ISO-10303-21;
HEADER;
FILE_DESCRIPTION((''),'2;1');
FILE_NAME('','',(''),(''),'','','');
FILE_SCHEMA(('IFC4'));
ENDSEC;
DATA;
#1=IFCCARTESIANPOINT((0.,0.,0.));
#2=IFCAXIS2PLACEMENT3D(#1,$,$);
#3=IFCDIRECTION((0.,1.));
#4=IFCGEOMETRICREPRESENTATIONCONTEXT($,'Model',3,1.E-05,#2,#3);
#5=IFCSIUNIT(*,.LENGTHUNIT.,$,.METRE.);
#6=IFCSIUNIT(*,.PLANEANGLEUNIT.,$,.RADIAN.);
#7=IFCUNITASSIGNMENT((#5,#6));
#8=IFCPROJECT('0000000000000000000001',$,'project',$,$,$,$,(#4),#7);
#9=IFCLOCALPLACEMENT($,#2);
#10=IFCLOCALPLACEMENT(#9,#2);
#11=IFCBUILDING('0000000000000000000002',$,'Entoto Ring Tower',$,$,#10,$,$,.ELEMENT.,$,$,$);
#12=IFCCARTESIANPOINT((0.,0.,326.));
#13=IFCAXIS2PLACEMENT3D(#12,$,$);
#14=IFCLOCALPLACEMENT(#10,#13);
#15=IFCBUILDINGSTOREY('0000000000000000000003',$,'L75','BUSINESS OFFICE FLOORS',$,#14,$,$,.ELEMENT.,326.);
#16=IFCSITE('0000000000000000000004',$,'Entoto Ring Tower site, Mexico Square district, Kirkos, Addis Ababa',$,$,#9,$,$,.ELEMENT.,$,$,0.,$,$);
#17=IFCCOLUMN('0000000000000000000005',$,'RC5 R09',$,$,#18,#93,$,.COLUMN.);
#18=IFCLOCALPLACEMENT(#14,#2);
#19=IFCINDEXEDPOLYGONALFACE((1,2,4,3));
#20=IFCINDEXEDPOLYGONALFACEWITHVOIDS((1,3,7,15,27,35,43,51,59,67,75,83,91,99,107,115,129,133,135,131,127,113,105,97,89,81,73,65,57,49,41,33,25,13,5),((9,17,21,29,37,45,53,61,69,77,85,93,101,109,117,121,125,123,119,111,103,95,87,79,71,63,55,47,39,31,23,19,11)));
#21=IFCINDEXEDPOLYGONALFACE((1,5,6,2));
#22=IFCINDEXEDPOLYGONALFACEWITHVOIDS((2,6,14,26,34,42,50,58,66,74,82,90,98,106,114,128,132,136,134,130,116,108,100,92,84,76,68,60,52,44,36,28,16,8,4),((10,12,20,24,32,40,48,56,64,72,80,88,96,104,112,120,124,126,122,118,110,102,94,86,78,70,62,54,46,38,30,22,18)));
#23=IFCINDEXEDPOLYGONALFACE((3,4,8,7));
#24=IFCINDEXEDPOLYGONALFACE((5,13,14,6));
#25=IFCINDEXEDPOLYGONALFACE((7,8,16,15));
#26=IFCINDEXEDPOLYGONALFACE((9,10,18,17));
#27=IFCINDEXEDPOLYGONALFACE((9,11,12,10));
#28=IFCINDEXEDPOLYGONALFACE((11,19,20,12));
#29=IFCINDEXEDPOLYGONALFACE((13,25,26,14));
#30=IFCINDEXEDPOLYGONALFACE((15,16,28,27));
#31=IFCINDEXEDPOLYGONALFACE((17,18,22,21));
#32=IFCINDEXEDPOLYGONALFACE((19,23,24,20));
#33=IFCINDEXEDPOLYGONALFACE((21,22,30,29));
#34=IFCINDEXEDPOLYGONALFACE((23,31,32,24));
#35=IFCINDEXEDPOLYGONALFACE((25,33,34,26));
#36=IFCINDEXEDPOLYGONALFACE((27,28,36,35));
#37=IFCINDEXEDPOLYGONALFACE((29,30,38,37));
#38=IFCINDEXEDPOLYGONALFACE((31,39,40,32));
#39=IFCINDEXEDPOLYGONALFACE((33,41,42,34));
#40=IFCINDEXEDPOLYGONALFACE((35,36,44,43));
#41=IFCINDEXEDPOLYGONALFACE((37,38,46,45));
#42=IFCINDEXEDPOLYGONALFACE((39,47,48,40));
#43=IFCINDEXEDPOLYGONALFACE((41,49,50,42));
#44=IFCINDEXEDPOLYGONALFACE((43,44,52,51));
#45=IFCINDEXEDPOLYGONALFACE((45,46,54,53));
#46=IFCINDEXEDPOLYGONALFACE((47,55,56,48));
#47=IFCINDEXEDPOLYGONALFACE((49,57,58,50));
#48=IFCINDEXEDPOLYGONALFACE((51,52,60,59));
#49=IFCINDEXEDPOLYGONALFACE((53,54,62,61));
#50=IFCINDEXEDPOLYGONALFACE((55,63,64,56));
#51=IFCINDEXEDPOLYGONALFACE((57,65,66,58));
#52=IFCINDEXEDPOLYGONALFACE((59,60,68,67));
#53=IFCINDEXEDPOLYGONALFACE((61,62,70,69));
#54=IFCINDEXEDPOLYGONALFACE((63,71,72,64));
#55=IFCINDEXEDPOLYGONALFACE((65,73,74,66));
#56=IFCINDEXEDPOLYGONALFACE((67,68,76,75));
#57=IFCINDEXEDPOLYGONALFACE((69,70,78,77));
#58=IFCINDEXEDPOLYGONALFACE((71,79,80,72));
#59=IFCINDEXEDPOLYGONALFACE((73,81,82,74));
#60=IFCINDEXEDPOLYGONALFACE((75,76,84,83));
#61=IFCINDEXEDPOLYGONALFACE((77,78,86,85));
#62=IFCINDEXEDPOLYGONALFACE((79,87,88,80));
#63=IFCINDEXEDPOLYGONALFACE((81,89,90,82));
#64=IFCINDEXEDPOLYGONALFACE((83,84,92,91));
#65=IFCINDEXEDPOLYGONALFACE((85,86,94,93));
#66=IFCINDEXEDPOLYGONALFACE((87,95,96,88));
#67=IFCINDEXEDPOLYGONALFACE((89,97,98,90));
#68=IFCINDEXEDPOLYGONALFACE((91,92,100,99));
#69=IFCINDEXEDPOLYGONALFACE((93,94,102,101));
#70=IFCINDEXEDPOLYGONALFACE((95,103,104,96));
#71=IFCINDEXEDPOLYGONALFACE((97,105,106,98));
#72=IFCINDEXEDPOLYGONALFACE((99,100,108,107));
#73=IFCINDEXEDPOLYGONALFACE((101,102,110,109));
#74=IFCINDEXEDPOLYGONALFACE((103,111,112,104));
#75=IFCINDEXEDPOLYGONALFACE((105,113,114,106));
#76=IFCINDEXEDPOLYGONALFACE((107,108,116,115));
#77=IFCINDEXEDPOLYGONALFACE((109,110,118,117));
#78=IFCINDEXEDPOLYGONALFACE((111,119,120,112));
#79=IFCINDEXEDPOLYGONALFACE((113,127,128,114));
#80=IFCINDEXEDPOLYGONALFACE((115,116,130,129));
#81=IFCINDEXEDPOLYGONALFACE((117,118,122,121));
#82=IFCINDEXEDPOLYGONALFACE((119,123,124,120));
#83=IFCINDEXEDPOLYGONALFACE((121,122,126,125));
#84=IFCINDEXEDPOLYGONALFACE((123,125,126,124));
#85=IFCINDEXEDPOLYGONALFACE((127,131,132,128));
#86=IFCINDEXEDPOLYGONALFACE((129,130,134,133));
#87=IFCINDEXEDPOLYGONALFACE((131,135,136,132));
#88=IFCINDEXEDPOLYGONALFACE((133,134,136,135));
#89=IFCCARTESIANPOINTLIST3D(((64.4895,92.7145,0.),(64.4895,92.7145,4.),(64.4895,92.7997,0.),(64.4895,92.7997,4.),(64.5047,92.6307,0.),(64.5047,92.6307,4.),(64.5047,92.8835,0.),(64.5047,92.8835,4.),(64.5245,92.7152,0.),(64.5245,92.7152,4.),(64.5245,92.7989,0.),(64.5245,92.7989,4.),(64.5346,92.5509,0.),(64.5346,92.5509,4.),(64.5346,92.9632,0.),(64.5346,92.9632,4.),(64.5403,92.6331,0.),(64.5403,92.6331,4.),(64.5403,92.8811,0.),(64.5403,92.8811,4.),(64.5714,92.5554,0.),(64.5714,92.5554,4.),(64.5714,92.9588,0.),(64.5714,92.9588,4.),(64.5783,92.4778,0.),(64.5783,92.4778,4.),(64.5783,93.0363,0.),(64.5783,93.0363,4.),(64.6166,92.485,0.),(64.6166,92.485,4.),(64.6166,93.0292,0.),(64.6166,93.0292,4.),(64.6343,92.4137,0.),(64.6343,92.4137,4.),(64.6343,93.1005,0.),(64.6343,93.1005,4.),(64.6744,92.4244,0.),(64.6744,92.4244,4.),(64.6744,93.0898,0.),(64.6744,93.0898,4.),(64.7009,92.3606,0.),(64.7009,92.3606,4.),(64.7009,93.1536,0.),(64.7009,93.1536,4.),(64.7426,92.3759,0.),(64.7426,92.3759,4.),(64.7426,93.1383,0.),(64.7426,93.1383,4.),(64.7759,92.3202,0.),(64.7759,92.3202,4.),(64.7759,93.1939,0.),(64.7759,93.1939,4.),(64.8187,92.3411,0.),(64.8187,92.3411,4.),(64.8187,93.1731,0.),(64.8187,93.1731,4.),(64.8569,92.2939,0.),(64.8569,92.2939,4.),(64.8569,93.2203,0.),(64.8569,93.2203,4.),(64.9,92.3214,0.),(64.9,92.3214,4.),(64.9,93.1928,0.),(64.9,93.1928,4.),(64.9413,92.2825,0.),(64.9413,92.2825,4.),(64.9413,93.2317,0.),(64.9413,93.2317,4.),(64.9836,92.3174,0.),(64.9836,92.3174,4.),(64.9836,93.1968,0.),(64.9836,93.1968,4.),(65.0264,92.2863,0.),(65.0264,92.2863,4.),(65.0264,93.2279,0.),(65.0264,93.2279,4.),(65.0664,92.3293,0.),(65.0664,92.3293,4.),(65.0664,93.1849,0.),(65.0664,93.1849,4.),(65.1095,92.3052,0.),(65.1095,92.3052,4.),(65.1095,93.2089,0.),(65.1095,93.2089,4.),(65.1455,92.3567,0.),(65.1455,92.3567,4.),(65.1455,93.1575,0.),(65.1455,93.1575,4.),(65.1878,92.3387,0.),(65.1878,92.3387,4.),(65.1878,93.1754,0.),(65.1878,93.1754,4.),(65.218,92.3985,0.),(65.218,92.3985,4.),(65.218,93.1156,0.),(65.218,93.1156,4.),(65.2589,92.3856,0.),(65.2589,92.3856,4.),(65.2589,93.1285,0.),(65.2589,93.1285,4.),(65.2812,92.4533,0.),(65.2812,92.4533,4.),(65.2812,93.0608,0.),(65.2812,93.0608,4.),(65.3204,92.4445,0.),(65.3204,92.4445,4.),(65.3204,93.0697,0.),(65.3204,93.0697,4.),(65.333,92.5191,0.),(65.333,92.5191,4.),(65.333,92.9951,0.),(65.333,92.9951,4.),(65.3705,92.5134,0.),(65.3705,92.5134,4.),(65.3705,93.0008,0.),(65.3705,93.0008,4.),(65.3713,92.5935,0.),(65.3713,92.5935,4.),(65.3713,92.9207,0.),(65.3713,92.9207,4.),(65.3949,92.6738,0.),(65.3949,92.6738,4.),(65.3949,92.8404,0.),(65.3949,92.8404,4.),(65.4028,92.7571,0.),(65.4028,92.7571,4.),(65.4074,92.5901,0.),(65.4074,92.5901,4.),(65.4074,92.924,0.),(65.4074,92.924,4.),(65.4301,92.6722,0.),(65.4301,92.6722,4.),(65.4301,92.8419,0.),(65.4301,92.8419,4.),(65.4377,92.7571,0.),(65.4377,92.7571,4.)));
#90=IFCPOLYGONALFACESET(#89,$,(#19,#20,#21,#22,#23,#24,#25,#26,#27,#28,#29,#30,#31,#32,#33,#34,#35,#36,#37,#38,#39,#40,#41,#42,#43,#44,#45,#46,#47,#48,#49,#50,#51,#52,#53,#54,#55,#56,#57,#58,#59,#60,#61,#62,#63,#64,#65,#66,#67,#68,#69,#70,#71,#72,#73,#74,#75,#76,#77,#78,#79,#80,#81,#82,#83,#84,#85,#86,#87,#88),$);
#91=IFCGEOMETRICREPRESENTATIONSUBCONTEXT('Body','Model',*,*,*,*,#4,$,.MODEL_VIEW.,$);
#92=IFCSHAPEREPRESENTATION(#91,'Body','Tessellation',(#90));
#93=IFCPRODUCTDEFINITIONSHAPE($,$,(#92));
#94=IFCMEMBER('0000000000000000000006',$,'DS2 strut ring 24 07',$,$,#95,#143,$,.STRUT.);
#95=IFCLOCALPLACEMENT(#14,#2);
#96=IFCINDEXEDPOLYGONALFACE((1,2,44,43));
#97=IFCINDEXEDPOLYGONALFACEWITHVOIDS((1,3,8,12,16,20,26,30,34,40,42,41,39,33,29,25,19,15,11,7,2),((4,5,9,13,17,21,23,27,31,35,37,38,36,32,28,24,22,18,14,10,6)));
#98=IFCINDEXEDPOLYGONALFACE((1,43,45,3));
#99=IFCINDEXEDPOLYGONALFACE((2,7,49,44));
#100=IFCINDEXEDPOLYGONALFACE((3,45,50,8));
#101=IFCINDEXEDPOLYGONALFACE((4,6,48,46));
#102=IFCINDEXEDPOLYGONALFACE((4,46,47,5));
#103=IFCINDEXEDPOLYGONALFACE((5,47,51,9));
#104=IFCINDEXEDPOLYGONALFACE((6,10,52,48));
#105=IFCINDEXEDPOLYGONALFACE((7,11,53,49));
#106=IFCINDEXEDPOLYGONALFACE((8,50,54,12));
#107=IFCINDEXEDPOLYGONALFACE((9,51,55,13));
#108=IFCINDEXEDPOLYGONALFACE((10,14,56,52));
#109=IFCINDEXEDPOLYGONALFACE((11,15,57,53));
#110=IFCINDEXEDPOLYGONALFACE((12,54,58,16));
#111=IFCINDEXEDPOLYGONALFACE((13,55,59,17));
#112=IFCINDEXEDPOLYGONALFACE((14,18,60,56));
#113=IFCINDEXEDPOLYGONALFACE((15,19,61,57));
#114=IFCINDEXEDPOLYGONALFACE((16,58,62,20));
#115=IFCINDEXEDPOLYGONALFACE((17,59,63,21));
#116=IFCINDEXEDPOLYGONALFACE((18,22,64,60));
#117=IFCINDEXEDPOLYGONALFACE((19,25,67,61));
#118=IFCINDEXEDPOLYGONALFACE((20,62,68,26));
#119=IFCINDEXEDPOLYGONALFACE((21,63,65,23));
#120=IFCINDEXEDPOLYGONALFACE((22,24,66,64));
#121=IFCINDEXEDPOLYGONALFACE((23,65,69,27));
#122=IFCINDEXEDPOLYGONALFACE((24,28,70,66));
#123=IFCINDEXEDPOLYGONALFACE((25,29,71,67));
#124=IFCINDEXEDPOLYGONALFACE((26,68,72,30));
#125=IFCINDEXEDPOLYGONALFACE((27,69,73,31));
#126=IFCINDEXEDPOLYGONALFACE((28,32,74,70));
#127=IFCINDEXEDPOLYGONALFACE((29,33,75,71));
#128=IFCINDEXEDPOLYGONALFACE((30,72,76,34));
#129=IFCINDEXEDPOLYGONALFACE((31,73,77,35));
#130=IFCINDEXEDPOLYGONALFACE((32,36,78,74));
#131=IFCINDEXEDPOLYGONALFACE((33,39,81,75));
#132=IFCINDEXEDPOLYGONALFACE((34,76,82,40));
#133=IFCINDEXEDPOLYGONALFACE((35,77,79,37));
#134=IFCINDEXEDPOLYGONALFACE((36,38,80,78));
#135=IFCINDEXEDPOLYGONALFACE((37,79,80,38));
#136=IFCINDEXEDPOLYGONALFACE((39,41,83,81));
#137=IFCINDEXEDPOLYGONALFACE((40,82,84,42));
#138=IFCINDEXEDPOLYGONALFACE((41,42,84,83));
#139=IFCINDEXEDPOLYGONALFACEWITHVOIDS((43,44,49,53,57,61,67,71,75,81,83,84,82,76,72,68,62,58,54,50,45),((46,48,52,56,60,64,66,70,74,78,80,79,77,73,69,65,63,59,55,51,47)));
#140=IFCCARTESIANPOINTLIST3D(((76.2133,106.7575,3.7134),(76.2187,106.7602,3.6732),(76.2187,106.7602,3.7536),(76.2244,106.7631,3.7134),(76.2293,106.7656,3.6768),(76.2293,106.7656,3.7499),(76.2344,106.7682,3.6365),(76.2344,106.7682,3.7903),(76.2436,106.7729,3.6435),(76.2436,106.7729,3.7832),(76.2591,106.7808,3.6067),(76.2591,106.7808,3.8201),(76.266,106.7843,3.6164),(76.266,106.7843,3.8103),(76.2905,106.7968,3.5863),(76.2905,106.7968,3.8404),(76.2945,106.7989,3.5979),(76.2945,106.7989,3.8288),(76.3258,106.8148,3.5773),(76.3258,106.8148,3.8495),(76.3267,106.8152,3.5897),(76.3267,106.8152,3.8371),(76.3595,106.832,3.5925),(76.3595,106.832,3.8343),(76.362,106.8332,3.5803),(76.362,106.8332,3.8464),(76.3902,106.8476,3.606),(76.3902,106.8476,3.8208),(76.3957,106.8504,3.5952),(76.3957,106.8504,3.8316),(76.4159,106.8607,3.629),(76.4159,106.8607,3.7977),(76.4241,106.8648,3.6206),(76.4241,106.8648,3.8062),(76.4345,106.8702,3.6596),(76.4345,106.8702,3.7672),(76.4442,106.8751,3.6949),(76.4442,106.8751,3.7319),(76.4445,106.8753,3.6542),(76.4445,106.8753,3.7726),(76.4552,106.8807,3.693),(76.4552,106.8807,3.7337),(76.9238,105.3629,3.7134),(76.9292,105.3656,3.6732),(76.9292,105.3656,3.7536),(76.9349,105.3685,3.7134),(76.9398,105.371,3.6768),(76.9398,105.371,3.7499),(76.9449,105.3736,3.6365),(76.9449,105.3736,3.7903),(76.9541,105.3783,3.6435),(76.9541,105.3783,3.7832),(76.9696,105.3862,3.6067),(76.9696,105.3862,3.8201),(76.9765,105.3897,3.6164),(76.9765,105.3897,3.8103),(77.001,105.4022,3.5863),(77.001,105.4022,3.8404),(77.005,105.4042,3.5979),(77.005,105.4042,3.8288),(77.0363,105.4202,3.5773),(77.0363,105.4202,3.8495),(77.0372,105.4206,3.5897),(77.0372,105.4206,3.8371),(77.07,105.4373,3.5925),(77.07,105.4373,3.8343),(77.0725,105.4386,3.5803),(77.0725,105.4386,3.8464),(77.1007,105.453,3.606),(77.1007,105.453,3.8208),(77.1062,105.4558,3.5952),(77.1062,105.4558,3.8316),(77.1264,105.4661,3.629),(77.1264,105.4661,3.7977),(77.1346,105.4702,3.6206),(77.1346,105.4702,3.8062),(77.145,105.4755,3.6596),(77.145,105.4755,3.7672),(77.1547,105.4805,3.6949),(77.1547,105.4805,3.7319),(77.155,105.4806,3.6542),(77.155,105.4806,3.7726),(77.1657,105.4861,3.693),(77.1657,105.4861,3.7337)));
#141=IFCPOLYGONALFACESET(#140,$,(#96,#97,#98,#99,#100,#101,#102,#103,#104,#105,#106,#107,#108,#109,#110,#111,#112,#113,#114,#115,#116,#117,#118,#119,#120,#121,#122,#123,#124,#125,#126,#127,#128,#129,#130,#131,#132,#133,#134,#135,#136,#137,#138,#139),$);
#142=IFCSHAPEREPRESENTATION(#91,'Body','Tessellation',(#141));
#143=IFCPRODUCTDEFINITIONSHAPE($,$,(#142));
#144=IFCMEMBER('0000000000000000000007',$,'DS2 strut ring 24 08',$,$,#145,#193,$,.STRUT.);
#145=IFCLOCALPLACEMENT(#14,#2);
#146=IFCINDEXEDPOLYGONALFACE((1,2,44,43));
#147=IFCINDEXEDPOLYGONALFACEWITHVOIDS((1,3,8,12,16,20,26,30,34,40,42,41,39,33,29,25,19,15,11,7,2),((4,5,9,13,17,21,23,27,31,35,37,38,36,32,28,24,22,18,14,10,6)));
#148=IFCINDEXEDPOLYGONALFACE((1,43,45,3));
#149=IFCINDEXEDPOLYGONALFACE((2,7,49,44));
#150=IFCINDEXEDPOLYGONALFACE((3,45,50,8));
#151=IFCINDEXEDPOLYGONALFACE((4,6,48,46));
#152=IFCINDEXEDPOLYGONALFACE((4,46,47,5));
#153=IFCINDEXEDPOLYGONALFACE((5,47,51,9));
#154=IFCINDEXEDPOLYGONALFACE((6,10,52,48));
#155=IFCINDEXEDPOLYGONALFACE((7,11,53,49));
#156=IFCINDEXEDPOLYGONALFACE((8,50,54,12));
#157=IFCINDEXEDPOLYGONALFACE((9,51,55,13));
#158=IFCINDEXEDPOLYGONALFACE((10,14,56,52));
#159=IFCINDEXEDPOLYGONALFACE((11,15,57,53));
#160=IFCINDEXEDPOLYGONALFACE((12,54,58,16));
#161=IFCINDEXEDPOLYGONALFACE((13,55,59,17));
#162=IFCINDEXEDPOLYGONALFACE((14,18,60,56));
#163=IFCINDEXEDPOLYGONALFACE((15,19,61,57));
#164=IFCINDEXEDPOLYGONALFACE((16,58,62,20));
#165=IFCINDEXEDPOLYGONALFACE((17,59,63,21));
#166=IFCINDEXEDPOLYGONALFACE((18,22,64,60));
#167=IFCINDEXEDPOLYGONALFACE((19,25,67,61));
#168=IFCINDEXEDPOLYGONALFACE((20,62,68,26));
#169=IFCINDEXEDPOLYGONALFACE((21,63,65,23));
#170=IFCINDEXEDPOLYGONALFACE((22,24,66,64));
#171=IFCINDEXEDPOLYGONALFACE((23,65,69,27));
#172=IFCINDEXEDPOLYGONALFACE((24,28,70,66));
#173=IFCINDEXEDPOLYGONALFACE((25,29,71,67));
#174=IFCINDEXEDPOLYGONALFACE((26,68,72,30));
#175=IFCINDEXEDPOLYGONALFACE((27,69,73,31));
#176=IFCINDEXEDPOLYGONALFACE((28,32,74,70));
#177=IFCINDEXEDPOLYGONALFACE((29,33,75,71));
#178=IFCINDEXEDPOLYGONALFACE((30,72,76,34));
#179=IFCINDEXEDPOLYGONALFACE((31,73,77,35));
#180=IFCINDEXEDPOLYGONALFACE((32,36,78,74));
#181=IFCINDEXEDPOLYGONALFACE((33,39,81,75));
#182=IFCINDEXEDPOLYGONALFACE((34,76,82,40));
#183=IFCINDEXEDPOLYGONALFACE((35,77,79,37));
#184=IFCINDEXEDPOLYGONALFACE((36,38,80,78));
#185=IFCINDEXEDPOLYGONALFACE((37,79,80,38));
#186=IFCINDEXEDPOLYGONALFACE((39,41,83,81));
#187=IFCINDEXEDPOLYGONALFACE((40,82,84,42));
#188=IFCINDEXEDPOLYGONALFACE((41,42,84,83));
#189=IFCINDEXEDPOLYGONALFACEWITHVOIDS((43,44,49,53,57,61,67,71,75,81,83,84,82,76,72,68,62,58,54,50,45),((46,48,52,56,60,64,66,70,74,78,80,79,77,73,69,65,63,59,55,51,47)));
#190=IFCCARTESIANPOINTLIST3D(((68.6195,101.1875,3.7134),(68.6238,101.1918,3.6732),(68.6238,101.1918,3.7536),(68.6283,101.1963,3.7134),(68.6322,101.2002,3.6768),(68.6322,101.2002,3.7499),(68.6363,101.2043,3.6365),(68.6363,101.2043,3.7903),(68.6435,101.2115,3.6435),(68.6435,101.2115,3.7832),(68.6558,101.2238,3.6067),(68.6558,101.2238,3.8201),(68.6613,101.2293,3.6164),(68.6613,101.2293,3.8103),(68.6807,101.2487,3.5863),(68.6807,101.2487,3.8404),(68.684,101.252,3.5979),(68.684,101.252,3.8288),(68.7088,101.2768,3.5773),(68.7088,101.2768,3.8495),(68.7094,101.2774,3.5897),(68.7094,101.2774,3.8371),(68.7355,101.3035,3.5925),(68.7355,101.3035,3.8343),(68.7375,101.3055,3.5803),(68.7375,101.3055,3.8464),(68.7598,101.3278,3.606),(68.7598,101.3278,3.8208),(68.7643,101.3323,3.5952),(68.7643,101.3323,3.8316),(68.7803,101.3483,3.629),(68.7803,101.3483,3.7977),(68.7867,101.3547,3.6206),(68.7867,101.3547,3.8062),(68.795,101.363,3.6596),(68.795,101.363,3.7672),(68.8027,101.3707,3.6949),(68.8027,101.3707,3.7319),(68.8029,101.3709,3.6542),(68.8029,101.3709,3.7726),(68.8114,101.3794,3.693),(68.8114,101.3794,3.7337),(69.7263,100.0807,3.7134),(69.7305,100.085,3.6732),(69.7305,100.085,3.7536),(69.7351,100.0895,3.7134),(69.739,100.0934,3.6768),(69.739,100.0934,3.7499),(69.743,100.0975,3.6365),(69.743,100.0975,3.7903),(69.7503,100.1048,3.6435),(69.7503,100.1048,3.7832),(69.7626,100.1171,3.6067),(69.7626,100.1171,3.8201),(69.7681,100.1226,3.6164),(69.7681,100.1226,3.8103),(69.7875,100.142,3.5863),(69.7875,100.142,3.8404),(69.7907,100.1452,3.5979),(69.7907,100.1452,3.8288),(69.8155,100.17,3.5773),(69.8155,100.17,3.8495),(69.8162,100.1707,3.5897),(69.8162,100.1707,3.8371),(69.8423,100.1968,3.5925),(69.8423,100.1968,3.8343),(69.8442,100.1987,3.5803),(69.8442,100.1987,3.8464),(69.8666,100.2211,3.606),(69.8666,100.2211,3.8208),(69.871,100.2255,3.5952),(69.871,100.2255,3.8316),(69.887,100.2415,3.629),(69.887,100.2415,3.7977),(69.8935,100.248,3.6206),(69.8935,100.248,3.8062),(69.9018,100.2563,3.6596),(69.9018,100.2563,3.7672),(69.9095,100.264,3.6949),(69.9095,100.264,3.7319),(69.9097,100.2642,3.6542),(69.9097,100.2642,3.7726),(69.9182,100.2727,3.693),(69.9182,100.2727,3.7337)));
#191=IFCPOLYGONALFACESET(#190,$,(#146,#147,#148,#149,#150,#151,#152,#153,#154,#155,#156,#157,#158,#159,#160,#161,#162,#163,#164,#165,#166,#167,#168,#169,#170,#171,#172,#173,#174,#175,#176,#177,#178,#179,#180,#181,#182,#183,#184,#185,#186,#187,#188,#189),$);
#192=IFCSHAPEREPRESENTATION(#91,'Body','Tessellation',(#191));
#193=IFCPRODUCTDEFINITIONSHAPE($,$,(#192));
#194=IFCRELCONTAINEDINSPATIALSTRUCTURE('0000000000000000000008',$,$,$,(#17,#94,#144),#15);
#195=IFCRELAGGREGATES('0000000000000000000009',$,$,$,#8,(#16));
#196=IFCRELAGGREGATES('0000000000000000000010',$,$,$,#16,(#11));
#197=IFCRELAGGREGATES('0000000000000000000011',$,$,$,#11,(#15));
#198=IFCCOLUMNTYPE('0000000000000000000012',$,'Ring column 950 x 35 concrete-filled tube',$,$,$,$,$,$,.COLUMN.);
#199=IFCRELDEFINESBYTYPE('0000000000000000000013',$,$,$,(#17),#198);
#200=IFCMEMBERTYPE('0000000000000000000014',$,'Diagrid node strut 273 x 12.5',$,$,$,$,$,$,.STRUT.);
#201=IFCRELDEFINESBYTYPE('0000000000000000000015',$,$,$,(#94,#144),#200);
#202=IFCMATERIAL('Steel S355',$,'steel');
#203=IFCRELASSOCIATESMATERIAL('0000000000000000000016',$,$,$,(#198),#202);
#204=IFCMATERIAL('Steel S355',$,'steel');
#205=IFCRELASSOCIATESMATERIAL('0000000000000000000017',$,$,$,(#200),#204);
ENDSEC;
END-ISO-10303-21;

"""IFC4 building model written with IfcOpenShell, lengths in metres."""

from ifc_helpers import new_model, si_unit, direction, frame, origin, origin_2d, place, context, subcontext, project, spatial, circle, hollow_circle, extrude, material, material_profile, profile_set, type_object, element, save


model = new_model("IFC4")

# Units and contexts
model_context = context("Model", 3, precision=1e-05, world=origin(), true_north=direction((0.0, 1.0)))
body_context = subcontext(model_context, "Body", "Model", "MODEL_VIEW")
ifc_project = project(units=[si_unit("LENGTHUNIT", "METRE"), si_unit("PLANEANGLEUNIT", "RADIAN")], contexts=[model_context])

# Site, building, storey
site_placement = place(None, origin())
site = spatial("IfcSite", under=ifc_project, at=site_placement, Name="Entoto Ring Tower site, Mexico Square district, Kirkos, Addis Ababa", CompositionType="ELEMENT", RefElevation=0.0)
building_placement = place(site_placement, origin())
building = spatial("IfcBuilding", under=site, at=building_placement, Name="Entoto Ring Tower", CompositionType="ELEMENT")
storey_placement = place(building_placement, frame((0.0, 0.0, 326.0)))
storey = spatial("IfcBuildingStorey", under=building, at=storey_placement, Name="L75", Description="BUSINESS OFFICE FLOORS", CompositionType="ELEMENT", Elevation=326.0)

# Column
ifc_material_1 = material(Name="Steel S355", Category="steel")
ifc_material_profile_1 = material_profile(ifc_material_1, hollow_circle(Radius=0.4751, WallThickness=0.0349, at=origin_2d()), Name="CHS 950 x 35")
ifc_material_2 = material(Name="Concrete C60/75", Category="concrete")
ifc_material_profile_2 = material_profile(ifc_material_2, circle(Radius=0.4399, at=origin_2d()), Name="Concrete C60/75 infill")
ifc_profile_set_1 = profile_set([ifc_material_profile_1, ifc_material_profile_2], Name="Steel S355")
column_type = type_object("IfcColumnType", Name="Ring column 950 x 35 concrete-filled tube", PredefinedType="COLUMN", material=ifc_profile_set_1)
for number, where, z_axis, x_axis, name in (
    (1, (64.9626, 92.7571, 0.0), (0.0, 0.0, 1.0), (1.0, 0.0, 0.0), "RC5 R09"),
):
    element("IfcColumn", number, at=place(storey_placement, frame(where, z_axis=z_axis, x_axis=x_axis)), inside=storey, type_object=column_type, Name=name, PredefinedType="COLUMN", context=body_context, shape_type="SweptSolid", body=[
        extrude(hollow_circle(Radius=0.4751, WallThickness=0.0349, at=origin_2d()), origin(), (0.0, 0.0, 1.0), 4.0),
    ])

# Members
ifc_material_3 = material(Name="Steel S355", Category="steel")
ifc_material_profile_3 = material_profile(ifc_material_3, hollow_circle(Radius=0.1365, WallThickness=0.0125, at=origin_2d()), Name="CHS 273 x 12.5")
ifc_material_4 = material(Name="Concrete C60/75", Category="concrete")
ifc_material_profile_4 = material_profile(ifc_material_4, circle(Radius=0.124, at=origin_2d()), Name="Concrete C60/75 infill")
ifc_profile_set_2 = profile_set([ifc_material_profile_3, ifc_material_profile_4], Name="Steel S355")
member_type = type_object("IfcMemberType", Name="Diagrid node strut 273 x 12.5", PredefinedType="STRUT", material=ifc_profile_set_2)
for number, where, z_axis, x_axis, name in (
    (2, (77.0454, 105.4248, 3.7134), (-0.45394, 0.891032, 0.0), (-0.891032, -0.45394, 0.0), "DS2 strut ring 24 07"),
    (3, (69.8228, 100.1772, 3.7134), (-0.707107, 0.707107, 0.0), (-0.707107, -0.707107, 0.0), "DS2 strut ring 24 08"),
):
    element("IfcMember", number, at=place(storey_placement, frame(where, z_axis=z_axis, x_axis=x_axis)), inside=storey, type_object=member_type, Name=name, PredefinedType="STRUT", context=body_context, shape_type="SweptSolid", body=[
        extrude(hollow_circle(Radius=0.1365, WallThickness=0.0125, at=origin_2d()), origin(), (0.0, 0.0, 1.0), 1.5652),
    ])

save(model, "model.ifc")
